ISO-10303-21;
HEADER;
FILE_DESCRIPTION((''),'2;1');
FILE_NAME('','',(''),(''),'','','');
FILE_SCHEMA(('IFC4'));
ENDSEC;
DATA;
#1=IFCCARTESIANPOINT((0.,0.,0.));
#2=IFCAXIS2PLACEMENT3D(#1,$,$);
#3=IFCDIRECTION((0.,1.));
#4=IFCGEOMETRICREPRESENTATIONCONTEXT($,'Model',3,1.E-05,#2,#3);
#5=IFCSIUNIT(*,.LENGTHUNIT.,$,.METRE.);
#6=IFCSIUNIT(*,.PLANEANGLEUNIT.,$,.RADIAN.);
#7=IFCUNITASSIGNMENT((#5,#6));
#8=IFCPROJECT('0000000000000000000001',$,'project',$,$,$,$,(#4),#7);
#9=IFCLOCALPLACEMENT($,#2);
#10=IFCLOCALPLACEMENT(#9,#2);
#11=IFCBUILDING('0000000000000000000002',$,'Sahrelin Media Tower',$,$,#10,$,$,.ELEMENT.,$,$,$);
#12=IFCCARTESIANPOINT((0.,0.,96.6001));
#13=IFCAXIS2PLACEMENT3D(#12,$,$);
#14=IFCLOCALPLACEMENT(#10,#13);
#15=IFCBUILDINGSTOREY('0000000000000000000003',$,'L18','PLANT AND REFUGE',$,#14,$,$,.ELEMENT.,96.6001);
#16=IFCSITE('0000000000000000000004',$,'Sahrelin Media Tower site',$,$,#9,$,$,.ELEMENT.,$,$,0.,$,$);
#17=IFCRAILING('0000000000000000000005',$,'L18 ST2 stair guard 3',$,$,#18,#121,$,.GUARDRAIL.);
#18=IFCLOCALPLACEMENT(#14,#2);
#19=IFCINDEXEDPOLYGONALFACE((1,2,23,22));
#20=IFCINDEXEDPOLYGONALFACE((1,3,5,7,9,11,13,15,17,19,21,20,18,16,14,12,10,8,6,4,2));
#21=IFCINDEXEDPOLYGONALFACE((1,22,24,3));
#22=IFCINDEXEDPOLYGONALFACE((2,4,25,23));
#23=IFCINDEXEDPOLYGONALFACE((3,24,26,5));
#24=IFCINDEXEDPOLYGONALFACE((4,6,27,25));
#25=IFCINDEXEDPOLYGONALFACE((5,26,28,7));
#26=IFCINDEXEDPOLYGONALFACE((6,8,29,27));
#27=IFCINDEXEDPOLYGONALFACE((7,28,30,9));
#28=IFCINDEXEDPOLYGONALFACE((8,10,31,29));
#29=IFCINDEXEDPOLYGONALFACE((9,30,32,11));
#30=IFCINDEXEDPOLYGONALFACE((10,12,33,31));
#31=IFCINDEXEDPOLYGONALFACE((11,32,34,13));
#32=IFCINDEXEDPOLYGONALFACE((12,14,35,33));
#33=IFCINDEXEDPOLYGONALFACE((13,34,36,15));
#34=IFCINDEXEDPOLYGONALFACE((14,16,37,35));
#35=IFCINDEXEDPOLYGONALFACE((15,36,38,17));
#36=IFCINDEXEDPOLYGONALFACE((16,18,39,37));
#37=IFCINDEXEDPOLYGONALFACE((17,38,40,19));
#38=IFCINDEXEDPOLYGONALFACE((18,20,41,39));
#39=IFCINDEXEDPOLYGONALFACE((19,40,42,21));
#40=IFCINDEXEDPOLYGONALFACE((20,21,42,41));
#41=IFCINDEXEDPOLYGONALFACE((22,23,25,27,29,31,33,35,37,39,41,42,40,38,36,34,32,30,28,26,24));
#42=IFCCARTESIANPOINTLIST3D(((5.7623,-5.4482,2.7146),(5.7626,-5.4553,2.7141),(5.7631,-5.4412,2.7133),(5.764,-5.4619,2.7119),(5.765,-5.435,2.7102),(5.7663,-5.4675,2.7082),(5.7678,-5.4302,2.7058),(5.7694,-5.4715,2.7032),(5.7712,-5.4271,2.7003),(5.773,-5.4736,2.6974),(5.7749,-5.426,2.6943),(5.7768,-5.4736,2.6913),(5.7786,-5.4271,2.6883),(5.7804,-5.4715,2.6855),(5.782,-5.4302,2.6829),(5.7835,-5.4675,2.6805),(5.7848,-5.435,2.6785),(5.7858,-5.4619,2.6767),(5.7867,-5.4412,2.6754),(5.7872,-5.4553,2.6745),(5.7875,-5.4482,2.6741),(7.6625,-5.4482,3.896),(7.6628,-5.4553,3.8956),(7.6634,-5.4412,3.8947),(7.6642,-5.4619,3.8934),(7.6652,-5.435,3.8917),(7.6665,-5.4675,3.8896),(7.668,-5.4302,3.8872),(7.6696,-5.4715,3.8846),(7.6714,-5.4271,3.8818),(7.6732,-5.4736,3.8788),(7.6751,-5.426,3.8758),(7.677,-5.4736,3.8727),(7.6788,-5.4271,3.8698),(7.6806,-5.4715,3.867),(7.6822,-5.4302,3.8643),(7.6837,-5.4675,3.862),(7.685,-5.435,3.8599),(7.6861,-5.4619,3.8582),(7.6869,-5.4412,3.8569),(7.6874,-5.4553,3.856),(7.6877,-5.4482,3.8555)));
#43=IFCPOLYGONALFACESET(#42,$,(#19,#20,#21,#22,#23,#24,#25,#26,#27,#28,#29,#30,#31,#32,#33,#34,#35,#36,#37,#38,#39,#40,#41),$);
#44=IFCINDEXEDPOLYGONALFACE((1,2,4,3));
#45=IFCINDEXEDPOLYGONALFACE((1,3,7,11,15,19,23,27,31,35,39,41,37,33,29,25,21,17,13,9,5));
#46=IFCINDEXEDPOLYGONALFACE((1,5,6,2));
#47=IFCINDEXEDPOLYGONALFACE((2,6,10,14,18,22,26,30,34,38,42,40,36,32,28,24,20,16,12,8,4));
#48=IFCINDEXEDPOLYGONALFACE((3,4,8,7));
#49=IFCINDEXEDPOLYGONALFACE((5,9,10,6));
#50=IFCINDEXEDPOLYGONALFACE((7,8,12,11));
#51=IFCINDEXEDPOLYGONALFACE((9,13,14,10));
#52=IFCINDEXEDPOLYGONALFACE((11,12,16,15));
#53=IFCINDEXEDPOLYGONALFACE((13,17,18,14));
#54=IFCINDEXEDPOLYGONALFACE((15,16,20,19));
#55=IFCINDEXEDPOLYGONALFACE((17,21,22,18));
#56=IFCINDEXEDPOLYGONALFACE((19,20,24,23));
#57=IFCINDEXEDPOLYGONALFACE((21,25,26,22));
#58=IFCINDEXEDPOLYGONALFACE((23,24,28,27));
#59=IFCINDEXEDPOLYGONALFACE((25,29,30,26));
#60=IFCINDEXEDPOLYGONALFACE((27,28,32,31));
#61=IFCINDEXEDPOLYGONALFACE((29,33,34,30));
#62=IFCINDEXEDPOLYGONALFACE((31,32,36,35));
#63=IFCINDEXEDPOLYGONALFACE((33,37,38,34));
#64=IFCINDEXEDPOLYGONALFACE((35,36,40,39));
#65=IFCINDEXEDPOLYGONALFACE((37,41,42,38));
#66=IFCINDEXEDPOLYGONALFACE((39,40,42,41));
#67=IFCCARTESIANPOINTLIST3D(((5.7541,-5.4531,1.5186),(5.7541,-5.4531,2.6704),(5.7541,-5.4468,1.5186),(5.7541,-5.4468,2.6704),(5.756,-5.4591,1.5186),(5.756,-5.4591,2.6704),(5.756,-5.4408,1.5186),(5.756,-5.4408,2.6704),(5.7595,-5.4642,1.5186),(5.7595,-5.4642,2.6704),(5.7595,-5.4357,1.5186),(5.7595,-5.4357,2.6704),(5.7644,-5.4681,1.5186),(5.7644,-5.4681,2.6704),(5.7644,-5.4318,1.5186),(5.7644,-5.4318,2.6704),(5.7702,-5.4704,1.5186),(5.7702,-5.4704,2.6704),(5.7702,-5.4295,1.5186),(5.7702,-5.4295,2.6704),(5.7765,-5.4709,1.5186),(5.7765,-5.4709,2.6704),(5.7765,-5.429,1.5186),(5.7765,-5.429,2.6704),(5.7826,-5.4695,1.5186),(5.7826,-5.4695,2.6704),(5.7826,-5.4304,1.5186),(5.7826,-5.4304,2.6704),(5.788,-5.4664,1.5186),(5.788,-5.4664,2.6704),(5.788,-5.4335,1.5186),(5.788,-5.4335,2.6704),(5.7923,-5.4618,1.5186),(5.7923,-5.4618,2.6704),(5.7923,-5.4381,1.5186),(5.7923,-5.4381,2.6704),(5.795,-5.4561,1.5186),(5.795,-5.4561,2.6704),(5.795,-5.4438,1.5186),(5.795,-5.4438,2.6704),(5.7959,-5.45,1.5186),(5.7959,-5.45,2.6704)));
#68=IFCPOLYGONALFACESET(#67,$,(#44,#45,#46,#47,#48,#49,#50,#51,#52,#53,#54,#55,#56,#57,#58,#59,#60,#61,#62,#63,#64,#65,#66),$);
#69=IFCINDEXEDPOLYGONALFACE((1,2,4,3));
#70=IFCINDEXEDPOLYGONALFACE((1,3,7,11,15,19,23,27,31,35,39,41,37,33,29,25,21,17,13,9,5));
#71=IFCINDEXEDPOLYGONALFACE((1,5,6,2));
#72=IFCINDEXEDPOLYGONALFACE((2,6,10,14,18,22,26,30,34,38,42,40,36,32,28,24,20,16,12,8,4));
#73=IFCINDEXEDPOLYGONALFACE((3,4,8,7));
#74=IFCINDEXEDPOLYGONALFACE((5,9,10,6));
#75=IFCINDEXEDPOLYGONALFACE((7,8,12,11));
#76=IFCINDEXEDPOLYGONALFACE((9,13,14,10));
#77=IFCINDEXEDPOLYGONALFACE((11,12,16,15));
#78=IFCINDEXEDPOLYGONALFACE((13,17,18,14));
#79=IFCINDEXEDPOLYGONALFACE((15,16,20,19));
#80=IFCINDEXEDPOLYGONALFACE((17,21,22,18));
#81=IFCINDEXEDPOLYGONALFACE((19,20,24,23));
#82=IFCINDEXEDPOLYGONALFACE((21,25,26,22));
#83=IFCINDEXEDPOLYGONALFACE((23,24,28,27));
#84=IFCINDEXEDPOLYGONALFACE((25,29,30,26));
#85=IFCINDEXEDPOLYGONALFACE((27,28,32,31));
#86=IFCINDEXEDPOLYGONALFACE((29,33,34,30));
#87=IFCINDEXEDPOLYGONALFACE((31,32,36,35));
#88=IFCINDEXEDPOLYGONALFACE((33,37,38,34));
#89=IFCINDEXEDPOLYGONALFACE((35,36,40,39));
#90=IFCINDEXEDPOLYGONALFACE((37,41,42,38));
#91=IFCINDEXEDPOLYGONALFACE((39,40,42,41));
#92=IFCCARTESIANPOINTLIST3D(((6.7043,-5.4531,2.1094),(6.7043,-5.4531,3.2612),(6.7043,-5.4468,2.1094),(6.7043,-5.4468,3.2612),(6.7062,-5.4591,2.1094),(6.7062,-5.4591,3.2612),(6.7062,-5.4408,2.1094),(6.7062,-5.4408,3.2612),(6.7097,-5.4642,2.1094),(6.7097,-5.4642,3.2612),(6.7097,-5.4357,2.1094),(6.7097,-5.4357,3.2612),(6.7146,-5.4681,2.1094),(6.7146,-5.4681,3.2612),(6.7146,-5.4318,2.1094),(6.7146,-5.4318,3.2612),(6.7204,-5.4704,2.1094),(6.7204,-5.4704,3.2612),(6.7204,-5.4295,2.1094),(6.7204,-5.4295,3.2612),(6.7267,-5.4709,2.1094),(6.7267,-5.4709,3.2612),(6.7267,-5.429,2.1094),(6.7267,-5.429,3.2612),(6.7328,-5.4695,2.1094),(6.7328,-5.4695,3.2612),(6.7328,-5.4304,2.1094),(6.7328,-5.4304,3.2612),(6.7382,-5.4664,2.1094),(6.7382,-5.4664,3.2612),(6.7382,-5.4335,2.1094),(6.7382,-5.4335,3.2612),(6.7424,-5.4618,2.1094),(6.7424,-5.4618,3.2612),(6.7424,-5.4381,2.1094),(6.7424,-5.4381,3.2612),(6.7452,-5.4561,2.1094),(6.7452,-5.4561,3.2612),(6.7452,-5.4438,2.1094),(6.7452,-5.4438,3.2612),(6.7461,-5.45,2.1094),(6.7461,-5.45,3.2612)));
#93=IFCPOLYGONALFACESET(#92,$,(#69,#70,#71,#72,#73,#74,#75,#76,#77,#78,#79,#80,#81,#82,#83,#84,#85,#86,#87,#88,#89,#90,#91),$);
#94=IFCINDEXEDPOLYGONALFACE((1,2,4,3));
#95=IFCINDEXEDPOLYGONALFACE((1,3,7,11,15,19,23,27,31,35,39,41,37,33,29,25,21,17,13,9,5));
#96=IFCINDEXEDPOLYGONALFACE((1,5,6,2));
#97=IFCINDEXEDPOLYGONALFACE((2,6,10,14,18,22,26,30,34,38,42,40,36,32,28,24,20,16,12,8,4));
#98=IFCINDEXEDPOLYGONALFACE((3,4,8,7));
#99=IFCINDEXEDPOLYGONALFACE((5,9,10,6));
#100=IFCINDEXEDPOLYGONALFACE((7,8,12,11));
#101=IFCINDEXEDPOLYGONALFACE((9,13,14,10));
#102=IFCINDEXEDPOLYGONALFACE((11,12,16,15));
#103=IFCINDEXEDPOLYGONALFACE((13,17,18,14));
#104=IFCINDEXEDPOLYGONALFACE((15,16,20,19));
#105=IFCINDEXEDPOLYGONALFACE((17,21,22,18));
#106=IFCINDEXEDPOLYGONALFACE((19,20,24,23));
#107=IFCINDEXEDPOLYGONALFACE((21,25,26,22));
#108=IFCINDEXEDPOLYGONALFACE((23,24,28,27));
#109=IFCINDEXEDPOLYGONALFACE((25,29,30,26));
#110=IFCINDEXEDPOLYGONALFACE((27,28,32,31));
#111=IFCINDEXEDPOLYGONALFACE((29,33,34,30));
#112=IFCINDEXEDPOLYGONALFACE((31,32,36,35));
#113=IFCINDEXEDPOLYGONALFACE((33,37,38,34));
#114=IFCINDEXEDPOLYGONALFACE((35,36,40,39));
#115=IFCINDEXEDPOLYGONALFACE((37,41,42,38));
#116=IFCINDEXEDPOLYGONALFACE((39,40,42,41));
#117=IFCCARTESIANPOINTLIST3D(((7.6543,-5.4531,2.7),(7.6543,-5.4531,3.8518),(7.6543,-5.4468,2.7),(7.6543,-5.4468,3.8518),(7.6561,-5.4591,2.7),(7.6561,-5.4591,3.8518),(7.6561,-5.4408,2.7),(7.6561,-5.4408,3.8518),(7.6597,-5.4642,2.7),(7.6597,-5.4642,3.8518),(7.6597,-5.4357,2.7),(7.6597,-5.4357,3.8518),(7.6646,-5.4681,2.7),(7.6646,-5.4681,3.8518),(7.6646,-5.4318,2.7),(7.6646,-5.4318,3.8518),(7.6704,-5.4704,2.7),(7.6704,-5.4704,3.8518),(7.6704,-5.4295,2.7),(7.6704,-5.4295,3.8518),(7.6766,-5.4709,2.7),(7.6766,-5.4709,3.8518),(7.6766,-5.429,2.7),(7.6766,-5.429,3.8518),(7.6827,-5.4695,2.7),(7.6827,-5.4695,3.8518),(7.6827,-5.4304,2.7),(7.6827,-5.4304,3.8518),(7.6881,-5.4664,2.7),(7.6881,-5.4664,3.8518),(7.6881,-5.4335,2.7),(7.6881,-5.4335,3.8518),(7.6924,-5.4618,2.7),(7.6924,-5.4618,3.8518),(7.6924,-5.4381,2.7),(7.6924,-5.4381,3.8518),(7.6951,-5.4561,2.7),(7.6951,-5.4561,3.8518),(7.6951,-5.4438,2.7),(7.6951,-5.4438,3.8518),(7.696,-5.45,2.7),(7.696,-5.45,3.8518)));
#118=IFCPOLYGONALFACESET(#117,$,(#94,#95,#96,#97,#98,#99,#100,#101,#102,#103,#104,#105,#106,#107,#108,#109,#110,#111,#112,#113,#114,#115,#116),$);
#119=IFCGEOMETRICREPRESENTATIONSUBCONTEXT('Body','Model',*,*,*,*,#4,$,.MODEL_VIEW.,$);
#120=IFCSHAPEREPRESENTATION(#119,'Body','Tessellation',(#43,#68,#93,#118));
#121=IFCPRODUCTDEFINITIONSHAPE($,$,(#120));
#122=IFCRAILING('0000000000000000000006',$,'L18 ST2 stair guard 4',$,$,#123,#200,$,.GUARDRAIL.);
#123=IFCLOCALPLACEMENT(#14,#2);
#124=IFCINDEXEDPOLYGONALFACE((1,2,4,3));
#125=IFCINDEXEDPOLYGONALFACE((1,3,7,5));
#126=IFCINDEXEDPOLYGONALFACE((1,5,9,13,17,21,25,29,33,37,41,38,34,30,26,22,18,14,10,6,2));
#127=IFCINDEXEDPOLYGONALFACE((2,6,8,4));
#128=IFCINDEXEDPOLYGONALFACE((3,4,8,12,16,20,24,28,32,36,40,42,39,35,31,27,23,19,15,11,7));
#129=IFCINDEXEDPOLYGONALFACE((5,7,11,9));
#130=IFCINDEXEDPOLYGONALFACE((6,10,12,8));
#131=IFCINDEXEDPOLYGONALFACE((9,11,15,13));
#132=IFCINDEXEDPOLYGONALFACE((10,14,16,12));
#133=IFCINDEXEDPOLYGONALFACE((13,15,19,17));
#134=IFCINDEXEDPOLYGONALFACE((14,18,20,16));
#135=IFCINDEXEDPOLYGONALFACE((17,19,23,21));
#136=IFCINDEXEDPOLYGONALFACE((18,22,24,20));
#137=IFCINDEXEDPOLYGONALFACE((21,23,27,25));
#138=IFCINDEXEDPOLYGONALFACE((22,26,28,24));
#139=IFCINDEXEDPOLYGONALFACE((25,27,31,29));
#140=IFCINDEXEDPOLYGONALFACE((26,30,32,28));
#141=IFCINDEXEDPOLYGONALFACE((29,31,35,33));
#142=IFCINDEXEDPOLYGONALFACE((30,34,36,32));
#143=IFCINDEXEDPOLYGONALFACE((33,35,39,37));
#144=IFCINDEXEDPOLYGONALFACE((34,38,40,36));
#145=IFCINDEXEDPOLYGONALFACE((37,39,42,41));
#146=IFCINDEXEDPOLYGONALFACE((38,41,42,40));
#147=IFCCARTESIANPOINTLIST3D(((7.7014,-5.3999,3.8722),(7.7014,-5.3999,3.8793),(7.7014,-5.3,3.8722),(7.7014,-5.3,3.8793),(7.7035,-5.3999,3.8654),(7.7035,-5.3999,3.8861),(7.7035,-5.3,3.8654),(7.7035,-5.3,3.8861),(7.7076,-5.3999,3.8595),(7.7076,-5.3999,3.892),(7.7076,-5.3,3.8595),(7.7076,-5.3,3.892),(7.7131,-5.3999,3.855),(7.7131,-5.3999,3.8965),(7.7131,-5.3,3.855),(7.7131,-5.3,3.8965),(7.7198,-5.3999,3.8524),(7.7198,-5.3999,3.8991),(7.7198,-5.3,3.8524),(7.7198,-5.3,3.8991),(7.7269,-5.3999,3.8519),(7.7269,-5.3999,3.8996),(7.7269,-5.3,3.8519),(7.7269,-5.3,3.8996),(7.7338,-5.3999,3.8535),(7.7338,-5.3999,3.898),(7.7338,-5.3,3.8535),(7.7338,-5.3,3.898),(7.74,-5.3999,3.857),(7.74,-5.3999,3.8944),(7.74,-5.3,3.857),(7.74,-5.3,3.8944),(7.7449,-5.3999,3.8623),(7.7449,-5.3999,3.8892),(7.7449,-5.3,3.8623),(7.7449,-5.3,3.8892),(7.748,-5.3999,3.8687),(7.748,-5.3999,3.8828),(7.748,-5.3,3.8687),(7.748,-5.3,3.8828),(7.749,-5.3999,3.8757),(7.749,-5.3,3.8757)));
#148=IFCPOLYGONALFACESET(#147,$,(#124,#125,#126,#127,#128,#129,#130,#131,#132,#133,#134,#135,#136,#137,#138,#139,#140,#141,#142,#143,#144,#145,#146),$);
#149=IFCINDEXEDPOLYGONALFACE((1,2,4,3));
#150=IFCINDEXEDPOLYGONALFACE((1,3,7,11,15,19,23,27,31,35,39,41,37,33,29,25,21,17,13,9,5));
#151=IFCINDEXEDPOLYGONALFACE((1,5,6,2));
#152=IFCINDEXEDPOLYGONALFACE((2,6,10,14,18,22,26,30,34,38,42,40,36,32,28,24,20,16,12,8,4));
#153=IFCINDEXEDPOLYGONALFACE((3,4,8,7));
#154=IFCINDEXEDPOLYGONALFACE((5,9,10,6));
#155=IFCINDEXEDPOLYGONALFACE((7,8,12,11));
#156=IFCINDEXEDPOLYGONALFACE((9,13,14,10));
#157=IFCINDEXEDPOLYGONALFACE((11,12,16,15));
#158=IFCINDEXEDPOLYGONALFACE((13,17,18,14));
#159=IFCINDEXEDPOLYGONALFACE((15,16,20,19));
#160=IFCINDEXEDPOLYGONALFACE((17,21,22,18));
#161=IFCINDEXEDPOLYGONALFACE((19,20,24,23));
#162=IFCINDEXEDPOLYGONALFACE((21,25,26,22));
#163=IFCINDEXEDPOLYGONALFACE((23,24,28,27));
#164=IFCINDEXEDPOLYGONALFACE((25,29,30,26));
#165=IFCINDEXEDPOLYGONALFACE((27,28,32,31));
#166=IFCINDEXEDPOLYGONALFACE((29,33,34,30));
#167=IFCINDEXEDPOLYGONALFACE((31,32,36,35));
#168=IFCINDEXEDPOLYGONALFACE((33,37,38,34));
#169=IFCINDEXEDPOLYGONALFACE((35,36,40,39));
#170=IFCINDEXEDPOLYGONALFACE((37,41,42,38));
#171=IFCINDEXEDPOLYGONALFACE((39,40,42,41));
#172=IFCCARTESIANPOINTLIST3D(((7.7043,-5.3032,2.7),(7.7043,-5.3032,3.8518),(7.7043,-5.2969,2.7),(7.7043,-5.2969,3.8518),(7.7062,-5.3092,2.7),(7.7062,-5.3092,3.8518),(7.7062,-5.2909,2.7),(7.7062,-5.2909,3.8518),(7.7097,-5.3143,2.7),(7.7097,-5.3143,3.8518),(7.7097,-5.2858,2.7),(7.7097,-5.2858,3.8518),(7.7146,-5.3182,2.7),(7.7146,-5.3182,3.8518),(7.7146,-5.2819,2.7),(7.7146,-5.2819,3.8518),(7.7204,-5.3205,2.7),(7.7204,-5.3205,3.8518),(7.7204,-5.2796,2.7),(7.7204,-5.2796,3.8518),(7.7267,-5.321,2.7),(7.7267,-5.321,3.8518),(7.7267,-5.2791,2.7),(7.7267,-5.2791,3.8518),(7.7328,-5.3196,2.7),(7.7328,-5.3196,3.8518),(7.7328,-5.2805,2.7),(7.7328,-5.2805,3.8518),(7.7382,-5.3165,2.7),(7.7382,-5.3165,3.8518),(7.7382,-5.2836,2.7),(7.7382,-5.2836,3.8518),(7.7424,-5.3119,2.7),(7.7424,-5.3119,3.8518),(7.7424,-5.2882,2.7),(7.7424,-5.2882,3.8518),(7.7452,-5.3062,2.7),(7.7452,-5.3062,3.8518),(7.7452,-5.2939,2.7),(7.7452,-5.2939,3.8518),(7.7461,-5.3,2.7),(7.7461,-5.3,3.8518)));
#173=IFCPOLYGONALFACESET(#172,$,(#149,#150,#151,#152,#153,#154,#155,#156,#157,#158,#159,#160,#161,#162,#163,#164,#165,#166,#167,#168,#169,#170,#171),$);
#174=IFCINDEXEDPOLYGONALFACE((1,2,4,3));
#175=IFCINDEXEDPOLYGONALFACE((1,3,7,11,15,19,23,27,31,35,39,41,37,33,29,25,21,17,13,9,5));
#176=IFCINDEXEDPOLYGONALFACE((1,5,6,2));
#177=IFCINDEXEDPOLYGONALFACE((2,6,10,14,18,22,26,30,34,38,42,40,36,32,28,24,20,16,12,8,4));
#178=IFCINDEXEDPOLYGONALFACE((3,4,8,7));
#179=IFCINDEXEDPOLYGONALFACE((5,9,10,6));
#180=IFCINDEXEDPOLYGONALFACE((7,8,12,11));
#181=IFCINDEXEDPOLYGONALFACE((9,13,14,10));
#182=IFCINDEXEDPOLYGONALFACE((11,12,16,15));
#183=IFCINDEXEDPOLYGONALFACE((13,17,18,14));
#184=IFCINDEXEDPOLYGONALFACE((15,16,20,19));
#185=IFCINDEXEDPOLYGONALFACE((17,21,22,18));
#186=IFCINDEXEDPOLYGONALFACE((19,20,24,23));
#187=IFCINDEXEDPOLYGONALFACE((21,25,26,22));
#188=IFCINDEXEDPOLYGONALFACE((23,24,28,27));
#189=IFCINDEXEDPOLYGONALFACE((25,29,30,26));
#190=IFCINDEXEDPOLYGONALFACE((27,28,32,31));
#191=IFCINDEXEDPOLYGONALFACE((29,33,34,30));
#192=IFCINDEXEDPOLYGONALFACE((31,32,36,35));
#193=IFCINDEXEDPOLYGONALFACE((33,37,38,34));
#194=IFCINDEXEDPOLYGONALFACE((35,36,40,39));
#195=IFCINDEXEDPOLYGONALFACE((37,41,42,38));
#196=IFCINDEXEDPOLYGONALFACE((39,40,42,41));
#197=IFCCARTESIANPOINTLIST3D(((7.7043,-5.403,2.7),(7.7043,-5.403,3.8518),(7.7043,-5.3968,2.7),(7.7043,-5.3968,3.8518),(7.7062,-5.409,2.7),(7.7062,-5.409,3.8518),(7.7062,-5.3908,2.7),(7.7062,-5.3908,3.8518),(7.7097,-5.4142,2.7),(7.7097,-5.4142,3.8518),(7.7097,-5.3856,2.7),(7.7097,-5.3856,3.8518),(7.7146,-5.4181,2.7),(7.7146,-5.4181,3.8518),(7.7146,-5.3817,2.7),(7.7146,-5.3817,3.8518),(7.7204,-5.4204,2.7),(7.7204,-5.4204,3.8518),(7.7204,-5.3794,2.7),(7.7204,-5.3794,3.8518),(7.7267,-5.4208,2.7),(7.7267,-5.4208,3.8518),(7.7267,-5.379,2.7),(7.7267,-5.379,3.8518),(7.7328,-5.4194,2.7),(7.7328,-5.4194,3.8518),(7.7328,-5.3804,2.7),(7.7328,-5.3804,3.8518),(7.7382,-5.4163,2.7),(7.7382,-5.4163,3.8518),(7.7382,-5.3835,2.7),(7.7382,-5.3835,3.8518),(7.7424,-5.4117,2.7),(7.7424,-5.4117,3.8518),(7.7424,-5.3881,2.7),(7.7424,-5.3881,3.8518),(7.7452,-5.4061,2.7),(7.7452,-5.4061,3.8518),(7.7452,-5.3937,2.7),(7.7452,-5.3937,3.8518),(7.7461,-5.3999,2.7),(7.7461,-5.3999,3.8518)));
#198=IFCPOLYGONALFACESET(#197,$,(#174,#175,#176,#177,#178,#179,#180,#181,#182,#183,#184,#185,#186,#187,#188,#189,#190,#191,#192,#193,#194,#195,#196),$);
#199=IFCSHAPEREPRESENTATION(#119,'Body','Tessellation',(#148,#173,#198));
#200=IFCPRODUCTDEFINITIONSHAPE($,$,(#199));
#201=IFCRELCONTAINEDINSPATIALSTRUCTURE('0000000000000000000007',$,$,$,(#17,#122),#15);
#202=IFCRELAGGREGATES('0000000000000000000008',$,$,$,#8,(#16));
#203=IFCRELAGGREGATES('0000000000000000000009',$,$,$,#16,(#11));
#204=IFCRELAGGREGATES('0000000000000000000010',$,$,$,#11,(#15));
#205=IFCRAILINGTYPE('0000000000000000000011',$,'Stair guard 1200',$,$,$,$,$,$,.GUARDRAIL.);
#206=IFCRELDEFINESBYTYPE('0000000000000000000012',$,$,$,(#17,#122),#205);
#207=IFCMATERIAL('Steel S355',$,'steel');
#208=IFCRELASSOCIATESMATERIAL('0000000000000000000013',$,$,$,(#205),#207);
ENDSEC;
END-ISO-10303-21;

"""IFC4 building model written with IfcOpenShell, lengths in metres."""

from ifc_helpers import new_model, si_unit, direction, frame, origin, origin_2d, place, context, subcontext, project, spatial, circle, extrude, material, type_object, element, save


model = new_model("IFC4")

# Units and contexts
model_context = context("Model", 3, precision=1e-05, world=origin(), true_north=direction((0.0, 1.0)))
body_context = subcontext(model_context, "Body", "Model", "MODEL_VIEW")
ifc_project = project(units=[si_unit("LENGTHUNIT", "METRE"), si_unit("PLANEANGLEUNIT", "RADIAN")], contexts=[model_context])

# Site, building, storey
site_placement = place(None, origin())
site = spatial("IfcSite", under=ifc_project, at=site_placement, Name="Sahrelin Media Tower site", CompositionType="ELEMENT", RefElevation=0.0)
building_placement = place(site_placement, origin())
building = spatial("IfcBuilding", under=site, at=building_placement, Name="Sahrelin Media Tower", CompositionType="ELEMENT")
storey_placement = place(building_placement, frame((0.0, 0.0, 96.6001)))
storey = spatial("IfcBuildingStorey", under=building, at=storey_placement, Name="L18", Description="PLANT AND REFUGE", CompositionType="ELEMENT", Elevation=96.6001)

# Shared definitions
ifc_material_1 = material(Name="Steel S355", Category="steel")

# Railings
railing_type_1 = type_object("IfcRailingType", Name="Stair guard 1200", PredefinedType="GUARDRAIL", material=ifc_material_1)
railing_1_placement = place(storey_placement, frame((5.7749, -5.45, 1.5186)))
element("IfcRailing", 1, at=railing_1_placement, inside=storey, type_object=railing_type_1, Name="L18 ST2 stair guard 3", PredefinedType="GUARDRAIL", context=body_context, shape_type="SweptSolid", body=[
    extrude(circle(Radius=0.0239, at=origin_2d()), frame((0.0, 0.0, 1.1758), z_axis=(0.84924, 0.0, 0.528006), x_axis=(0.0, 1.0, 0.0)), (0.0, 0.0, 1.0), 2.2375),
    extrude(circle(Radius=0.021, at=origin_2d()), origin(), (0.0, 0.0, 1.0), 1.1519),
    extrude(circle(Radius=0.021, at=origin_2d()), frame((0.9502, 0.0, 0.5908)), (0.0, 0.0, 1.0), 1.1519),
    extrude(circle(Radius=0.021, at=origin_2d()), frame((1.9001, 0.0, 1.1814)), (0.0, 0.0, 1.0), 1.1519),
])
railing_2_placement = place(storey_placement, frame((7.7251, -5.3, 2.7)))
element("IfcRailing", 2, at=railing_2_placement, inside=storey, type_object=railing_type_1, Name="L18 ST2 stair guard 4", PredefinedType="GUARDRAIL", context=body_context, shape_type="SweptSolid", body=[
    extrude(circle(Radius=0.0239, at=origin_2d()), frame((0.0, 0.0, 1.1758), z_axis=(0.0, -1.0, 0.0), x_axis=(1.0, 0.0, 0.0)), (0.0, 0.0, 1.0), 0.0999),
    extrude(circle(Radius=0.021, at=origin_2d()), origin(), (0.0, 0.0, 1.0), 1.1519),
    extrude(circle(Radius=0.021, at=origin_2d()), frame((0.0, -0.0999, 0.0)), (0.0, 0.0, 1.0), 1.1519),
])

save(model, "model.ifc")
